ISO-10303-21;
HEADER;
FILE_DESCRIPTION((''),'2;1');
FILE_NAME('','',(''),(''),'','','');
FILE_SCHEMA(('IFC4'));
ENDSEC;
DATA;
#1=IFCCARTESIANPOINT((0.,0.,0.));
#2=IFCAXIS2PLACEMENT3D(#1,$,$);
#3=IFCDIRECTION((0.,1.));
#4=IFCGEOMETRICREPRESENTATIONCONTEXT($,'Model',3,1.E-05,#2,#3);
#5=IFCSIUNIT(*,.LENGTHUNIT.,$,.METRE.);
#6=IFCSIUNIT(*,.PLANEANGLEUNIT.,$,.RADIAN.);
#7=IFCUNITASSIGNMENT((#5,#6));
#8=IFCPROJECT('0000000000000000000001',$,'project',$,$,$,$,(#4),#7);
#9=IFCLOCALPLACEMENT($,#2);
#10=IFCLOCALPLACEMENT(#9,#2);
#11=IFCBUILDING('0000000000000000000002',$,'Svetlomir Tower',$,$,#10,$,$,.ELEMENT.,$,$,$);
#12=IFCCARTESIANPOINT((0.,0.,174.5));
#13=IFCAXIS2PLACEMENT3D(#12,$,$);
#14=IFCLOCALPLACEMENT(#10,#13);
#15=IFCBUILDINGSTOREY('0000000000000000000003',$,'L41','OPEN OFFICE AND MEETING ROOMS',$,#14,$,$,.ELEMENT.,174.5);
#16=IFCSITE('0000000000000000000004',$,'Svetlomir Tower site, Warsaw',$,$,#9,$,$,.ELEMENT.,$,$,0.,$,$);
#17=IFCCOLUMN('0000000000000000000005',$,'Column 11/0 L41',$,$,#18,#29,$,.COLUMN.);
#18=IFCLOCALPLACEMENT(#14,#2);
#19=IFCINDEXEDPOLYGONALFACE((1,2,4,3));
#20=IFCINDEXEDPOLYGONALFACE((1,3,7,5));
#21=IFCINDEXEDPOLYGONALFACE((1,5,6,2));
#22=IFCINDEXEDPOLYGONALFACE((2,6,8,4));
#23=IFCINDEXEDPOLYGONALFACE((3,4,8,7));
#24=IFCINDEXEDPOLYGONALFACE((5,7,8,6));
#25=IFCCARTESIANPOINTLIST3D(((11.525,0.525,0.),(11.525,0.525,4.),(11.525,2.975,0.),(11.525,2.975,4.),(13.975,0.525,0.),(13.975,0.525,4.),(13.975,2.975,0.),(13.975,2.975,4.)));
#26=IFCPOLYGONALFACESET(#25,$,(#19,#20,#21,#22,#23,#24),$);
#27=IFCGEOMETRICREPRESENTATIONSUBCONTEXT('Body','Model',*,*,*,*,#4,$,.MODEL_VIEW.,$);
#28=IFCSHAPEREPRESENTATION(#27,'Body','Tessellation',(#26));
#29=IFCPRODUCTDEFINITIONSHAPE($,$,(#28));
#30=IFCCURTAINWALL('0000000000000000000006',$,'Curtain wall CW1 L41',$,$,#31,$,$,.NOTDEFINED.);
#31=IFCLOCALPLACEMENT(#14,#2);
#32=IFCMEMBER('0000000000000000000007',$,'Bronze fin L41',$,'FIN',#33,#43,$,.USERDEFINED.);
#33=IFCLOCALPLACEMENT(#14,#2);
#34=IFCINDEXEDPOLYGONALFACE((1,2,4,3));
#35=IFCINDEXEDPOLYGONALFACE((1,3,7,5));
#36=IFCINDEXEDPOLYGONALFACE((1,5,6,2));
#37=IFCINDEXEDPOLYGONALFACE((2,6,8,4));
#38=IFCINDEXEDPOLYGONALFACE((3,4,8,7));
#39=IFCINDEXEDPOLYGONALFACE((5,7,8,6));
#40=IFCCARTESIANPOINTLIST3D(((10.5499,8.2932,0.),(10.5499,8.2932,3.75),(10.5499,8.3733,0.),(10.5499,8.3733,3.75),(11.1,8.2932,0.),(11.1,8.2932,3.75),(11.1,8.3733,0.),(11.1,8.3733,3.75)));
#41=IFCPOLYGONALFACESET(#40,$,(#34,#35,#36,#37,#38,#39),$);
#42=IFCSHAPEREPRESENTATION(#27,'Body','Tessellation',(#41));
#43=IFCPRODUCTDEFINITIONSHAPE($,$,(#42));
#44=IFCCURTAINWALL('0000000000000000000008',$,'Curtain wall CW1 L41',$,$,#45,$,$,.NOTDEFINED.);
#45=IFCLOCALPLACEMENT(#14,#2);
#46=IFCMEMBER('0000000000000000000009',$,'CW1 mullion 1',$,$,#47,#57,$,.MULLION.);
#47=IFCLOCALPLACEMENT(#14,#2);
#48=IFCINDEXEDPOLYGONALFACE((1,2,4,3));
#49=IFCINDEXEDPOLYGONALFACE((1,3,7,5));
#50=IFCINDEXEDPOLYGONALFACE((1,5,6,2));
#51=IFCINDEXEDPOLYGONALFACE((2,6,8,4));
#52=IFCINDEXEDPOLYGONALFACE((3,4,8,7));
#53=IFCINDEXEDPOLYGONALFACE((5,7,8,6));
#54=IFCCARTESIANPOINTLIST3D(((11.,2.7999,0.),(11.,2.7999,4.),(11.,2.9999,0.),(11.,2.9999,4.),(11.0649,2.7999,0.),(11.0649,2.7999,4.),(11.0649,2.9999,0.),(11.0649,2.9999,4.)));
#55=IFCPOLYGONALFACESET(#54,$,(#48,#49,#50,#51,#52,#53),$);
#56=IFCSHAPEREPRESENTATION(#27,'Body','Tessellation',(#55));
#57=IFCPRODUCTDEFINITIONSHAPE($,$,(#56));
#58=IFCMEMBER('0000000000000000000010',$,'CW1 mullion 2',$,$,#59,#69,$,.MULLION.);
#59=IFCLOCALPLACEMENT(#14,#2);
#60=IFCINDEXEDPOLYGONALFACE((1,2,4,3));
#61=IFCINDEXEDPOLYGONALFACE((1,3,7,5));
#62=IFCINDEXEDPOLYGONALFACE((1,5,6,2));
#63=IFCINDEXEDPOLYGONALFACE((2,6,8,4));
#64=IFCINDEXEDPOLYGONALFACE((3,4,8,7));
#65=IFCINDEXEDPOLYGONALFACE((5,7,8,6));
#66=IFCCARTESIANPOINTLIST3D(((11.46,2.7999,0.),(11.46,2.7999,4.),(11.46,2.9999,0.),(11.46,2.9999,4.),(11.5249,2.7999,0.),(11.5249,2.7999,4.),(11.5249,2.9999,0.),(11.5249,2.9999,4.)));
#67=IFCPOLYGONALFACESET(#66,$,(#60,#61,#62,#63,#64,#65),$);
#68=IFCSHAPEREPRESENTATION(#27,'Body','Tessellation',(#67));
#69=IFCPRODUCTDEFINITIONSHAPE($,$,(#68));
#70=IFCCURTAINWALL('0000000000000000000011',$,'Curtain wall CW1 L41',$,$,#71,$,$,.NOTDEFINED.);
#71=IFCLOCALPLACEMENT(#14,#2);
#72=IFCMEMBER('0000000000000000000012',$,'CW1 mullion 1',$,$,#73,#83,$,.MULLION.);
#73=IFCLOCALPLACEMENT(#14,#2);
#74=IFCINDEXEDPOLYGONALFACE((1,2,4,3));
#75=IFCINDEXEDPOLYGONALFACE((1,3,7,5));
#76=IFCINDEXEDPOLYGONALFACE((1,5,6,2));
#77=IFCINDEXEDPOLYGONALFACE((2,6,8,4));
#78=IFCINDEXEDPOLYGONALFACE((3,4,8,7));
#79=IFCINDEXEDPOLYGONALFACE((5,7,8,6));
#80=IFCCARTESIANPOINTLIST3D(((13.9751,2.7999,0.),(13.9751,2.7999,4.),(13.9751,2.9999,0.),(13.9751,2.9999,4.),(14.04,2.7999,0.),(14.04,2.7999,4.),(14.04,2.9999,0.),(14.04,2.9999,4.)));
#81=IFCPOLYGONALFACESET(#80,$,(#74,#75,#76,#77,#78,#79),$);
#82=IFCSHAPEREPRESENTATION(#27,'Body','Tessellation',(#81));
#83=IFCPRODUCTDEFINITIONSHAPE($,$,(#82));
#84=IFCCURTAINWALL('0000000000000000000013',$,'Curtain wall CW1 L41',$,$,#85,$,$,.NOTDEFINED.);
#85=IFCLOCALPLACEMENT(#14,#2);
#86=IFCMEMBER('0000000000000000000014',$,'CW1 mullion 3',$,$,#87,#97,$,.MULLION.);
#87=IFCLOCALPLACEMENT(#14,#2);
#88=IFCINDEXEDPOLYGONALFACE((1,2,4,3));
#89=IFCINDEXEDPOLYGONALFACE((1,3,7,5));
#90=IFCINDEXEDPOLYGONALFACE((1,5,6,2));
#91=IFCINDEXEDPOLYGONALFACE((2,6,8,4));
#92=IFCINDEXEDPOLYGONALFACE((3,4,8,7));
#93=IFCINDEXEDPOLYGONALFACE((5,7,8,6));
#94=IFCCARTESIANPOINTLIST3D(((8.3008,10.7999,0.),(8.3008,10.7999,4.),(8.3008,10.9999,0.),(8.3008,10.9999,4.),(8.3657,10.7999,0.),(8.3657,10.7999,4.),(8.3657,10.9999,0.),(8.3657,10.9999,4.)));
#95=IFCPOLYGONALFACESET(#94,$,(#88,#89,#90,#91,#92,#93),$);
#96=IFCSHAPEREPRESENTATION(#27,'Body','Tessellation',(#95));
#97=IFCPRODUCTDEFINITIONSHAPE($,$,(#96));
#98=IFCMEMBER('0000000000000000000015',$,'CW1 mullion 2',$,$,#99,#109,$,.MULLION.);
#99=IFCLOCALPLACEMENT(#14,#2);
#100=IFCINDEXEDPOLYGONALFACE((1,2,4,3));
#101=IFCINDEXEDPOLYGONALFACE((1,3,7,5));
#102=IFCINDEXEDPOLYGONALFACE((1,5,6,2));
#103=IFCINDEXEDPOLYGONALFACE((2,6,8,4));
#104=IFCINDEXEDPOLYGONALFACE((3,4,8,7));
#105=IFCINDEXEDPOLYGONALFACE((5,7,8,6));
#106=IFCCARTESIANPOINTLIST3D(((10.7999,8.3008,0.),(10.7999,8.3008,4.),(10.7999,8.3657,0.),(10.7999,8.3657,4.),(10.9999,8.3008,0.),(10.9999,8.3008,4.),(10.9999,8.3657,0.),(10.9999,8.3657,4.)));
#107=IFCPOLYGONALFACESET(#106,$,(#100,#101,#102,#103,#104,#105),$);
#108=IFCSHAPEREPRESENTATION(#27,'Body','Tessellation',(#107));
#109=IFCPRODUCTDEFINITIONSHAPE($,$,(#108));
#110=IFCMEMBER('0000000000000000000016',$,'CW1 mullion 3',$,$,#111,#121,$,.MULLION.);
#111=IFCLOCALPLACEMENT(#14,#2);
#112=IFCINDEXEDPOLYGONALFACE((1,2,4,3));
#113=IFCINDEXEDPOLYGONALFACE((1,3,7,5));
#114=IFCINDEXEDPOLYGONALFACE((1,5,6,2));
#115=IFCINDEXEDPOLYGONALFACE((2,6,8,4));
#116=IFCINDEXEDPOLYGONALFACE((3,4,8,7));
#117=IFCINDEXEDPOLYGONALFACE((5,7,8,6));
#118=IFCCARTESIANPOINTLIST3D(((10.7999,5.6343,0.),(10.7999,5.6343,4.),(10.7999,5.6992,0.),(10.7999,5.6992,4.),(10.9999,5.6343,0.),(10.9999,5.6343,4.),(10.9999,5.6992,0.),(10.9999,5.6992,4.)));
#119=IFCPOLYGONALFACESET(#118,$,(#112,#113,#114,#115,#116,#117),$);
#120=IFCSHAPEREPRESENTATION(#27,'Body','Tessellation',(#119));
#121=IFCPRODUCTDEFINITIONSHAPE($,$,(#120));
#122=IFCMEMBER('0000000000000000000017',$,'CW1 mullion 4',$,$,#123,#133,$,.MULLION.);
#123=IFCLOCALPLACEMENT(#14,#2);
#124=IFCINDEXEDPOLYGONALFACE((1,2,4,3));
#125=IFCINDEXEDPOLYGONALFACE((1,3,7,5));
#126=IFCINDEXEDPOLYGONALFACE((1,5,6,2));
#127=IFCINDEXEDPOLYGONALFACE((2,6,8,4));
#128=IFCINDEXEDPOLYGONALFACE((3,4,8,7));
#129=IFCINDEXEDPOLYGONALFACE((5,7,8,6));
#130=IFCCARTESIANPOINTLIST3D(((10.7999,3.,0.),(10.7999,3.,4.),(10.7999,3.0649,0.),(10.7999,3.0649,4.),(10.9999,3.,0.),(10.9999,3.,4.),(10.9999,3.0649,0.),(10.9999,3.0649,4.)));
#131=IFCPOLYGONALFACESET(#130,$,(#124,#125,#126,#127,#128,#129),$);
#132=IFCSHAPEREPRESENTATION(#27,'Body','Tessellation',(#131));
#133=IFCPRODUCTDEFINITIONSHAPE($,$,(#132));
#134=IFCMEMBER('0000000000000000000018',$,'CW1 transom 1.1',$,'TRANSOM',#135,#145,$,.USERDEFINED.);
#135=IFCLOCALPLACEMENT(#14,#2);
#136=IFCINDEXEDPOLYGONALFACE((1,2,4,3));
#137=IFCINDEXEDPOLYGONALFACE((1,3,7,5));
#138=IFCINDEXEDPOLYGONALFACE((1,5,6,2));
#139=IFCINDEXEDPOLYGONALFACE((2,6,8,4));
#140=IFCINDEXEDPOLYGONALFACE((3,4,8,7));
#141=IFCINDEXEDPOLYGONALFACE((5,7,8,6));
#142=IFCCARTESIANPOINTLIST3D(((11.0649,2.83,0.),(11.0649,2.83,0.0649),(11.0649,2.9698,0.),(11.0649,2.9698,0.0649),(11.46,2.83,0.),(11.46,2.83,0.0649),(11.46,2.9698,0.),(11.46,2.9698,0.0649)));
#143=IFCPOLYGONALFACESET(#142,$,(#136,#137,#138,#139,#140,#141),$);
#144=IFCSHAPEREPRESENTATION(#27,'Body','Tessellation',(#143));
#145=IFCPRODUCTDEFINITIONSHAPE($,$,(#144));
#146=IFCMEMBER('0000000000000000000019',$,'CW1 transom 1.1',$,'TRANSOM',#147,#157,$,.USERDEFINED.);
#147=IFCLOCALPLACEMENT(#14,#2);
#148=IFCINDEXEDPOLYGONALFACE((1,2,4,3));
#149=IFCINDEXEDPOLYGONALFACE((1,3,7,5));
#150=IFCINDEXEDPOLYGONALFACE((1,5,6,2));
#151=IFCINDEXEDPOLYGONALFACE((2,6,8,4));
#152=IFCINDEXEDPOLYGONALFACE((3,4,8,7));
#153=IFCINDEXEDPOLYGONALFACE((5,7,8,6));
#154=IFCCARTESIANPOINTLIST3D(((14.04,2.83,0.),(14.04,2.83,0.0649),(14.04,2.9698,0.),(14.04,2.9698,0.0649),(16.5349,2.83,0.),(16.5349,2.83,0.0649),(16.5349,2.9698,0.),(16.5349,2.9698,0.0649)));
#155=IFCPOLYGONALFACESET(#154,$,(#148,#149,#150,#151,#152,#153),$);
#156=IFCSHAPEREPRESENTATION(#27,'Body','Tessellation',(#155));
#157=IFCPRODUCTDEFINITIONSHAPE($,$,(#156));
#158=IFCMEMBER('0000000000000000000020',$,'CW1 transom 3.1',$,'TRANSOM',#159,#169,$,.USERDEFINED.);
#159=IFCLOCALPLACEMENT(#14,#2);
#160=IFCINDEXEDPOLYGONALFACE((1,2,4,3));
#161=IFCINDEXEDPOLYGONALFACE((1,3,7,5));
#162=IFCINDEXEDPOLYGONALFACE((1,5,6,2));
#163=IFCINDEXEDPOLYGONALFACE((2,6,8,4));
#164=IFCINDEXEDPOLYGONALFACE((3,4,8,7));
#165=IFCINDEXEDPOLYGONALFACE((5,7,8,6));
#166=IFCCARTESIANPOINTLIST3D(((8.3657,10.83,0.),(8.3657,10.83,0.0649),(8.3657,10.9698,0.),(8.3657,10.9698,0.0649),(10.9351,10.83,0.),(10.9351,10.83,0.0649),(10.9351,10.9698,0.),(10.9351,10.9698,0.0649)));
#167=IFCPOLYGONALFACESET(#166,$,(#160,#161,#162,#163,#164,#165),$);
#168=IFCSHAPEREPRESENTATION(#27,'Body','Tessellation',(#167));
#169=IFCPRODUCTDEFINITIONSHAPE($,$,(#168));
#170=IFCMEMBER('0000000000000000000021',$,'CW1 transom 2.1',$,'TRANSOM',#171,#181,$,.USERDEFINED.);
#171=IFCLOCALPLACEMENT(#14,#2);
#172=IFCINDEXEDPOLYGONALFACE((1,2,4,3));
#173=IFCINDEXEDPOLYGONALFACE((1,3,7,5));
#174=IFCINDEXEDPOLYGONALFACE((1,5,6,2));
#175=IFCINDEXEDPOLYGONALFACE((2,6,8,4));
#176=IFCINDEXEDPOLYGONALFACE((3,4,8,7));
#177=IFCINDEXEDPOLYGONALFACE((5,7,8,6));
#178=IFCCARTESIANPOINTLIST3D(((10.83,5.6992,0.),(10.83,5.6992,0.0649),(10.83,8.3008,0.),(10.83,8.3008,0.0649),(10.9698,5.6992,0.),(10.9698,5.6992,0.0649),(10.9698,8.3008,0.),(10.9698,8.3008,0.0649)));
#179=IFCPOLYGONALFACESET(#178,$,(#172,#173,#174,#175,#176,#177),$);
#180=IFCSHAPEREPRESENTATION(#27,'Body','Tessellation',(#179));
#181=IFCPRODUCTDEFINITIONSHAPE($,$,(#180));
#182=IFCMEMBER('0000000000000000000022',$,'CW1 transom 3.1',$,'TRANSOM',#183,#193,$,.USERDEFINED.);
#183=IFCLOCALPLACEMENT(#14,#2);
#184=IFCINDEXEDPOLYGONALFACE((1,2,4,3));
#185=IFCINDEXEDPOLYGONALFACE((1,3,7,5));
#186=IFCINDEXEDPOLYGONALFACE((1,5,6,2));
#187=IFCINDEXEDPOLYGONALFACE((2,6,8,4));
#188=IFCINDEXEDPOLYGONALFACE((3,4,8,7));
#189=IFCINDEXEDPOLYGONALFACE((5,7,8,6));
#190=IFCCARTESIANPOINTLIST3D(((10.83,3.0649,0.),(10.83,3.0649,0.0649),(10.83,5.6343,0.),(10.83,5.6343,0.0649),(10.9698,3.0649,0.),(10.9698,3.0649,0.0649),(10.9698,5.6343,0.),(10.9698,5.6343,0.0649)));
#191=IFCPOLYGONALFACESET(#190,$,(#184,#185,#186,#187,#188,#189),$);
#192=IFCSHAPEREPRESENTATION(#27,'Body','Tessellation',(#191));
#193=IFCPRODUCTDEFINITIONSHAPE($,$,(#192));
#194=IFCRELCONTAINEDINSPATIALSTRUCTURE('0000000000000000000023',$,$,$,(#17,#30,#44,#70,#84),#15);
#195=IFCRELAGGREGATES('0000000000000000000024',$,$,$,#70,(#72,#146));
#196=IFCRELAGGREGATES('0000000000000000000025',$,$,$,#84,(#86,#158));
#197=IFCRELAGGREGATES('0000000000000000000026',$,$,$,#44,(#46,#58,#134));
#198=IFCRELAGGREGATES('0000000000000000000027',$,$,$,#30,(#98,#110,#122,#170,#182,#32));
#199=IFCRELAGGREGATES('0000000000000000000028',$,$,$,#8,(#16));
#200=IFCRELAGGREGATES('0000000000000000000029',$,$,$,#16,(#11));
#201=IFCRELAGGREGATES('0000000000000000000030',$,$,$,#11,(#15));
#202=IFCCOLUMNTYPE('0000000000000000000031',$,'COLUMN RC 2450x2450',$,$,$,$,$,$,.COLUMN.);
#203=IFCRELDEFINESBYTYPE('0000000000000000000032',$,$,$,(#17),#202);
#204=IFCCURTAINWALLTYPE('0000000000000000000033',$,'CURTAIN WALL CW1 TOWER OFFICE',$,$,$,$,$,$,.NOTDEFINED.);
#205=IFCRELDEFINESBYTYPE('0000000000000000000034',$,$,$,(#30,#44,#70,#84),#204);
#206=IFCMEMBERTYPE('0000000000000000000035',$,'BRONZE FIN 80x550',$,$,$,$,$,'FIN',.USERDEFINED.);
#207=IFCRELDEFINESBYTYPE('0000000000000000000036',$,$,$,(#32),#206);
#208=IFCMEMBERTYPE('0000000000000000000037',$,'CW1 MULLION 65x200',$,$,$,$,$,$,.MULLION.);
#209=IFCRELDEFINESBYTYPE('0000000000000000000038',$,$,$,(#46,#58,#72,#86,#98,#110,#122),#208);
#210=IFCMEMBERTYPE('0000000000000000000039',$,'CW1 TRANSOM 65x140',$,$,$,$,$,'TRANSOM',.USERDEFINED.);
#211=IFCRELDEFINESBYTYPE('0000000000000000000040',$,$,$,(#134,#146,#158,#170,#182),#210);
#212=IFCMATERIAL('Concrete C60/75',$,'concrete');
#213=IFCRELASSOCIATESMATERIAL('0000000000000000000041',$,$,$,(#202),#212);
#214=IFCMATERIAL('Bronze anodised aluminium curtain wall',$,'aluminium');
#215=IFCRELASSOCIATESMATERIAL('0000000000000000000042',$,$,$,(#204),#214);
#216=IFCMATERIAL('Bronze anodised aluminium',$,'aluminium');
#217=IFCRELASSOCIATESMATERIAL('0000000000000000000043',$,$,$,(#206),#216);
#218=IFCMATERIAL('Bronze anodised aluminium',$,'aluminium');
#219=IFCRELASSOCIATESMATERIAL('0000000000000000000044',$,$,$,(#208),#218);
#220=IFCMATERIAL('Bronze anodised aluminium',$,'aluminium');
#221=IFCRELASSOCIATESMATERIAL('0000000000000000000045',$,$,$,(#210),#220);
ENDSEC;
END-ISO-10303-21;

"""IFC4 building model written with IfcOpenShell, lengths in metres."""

from ifc_helpers import new_model, si_unit, direction, frame, origin, origin_2d, place, context, subcontext, project, spatial, rectangle, extrude, material, material_profile, profile_set, type_object, element, aggregate, save


model = new_model("IFC4")

# Units and contexts
model_context = context("Model", 3, precision=1e-05, world=origin(), true_north=direction((0.0, 1.0)))
body_context = subcontext(model_context, "Body", "Model", "MODEL_VIEW")
ifc_project = project(units=[si_unit("LENGTHUNIT", "METRE"), si_unit("PLANEANGLEUNIT", "RADIAN")], contexts=[model_context])

# Site, building, storey
site_placement = place(None, origin())
site = spatial("IfcSite", under=ifc_project, at=site_placement, Name="Svetlomir Tower site, Warsaw", CompositionType="ELEMENT", RefElevation=0.0)
building_placement = place(site_placement, origin())
building = spatial("IfcBuilding", under=site, at=building_placement, Name="Svetlomir Tower", CompositionType="ELEMENT")
storey_placement = place(building_placement, frame((0.0, 0.0, 174.5)))
storey = spatial("IfcBuildingStorey", under=building, at=storey_placement, Name="L41", Description="OPEN OFFICE AND MEETING ROOMS", CompositionType="ELEMENT", Elevation=174.5)

# Column
ifc_material_1 = material(Name="Concrete C60/75", Category="concrete")
ifc_material_profile_1 = material_profile(ifc_material_1, rectangle(XDim=2.45, YDim=2.45, at=origin_2d()), Name="RC 2450x2450")
ifc_profile_set_1 = profile_set([ifc_material_profile_1], Name="Concrete C60/75")
column_type = type_object("IfcColumnType", Name="COLUMN RC 2450x2450", PredefinedType="COLUMN", material=ifc_profile_set_1)
column_placement = place(storey_placement, frame((12.75, 1.75, 0.0), z_axis=(0.0, 0.0, 1.0), x_axis=(1.0, 0.0, 0.0)))
element("IfcColumn", 1, at=column_placement, inside=storey, type_object=column_type, Name="Column 11/0 L41", PredefinedType="COLUMN", context=body_context, shape_type="SweptSolid", body=[
    extrude(rectangle(XDim=2.45, YDim=2.45, at=origin_2d()), origin(), (0.0, 0.0, 1.0), 4.0),
])

# Curtain wall, member
ifc_material_2 = material(Name="Bronze anodised aluminium curtain wall", Category="aluminium")
curtain_wall_type = type_object("IfcCurtainWallType", Name="CURTAIN WALL CW1 TOWER OFFICE", PredefinedType="NOTDEFINED", material=ifc_material_2)
curtain_wall_1_placement = place(storey_placement, origin())
curtain_wall_1 = element("IfcCurtainWall", 2, at=curtain_wall_1_placement, inside=storey, type_object=curtain_wall_type, Name="Curtain wall CW1 L41", PredefinedType="NOTDEFINED")
ifc_material_3 = material(Name="Bronze anodised aluminium", Category="aluminium")
ifc_material_profile_2 = material_profile(ifc_material_3, rectangle(XDim=0.0801, YDim=0.55, at=origin_2d()), Name="FIN 80x550")
ifc_profile_set_2 = profile_set([ifc_material_profile_2], Name="Bronze anodised aluminium 6063-T6")
member_type_1 = type_object("IfcMemberType", Name="BRONZE FIN 80x550", ElementType="FIN", PredefinedType="USERDEFINED", material=ifc_profile_set_2)
member_1_placement = place(storey_placement, frame((10.825, 8.3333, 0.0), z_axis=(0.0, 0.0, 1.0), x_axis=(0.0, 1.0, 0.0)))
member_1 = element("IfcMember", 3, at=member_1_placement, type_object=member_type_1, Name="Bronze fin L41", ObjectType="FIN", PredefinedType="USERDEFINED", context=body_context, shape_type="SweptSolid", body=[
    extrude(rectangle(XDim=0.0801, YDim=0.55, at=origin_2d()), origin(), (0.0, 0.0, 1.0), 3.75),
])

# Curtain wall, members
curtain_wall_2_placement = place(storey_placement, origin())
curtain_wall_2 = element("IfcCurtainWall", 4, at=curtain_wall_2_placement, inside=storey, type_object=curtain_wall_type, Name="Curtain wall CW1 L41", PredefinedType="NOTDEFINED")
ifc_material_4 = material(Name="Bronze anodised aluminium", Category="aluminium")
ifc_material_profile_3 = material_profile(ifc_material_4, rectangle(XDim=0.0649, YDim=0.2, at=origin_2d()), Name="AL 65x200")
ifc_profile_set_3 = profile_set([ifc_material_profile_3], Name="Bronze anodised aluminium 6063-T6")
member_type_2 = type_object("IfcMemberType", Name="CW1 MULLION 65x200", PredefinedType="MULLION", material=ifc_profile_set_3)
member_2_placement = place(storey_placement, frame((11.0325, 2.8999, 0.0), z_axis=(0.0, 0.0, 1.0), x_axis=(1.0, 0.0, 0.0)))
member_2 = element("IfcMember", 5, at=member_2_placement, type_object=member_type_2, Name="CW1 mullion 1", PredefinedType="MULLION", context=body_context, shape_type="SweptSolid", body=[
    extrude(rectangle(XDim=0.0649, YDim=0.2, at=origin_2d()), origin(), (0.0, 0.0, 1.0), 4.0),
])
member_3_placement = place(storey_placement, frame((11.4924, 2.8999, 0.0), z_axis=(0.0, 0.0, 1.0), x_axis=(1.0, 0.0, 0.0)))
member_3 = element("IfcMember", 6, at=member_3_placement, type_object=member_type_2, Name="CW1 mullion 2", PredefinedType="MULLION", context=body_context, shape_type="SweptSolid", body=[
    extrude(rectangle(XDim=0.0649, YDim=0.2, at=origin_2d()), origin(), (0.0, 0.0, 1.0), 4.0),
])

# Curtain walls, members
curtain_wall_3_placement = place(storey_placement, origin())
curtain_wall_3 = element("IfcCurtainWall", 7, at=curtain_wall_3_placement, inside=storey, type_object=curtain_wall_type, Name="Curtain wall CW1 L41", PredefinedType="NOTDEFINED")
member_4_placement = place(storey_placement, frame((14.0076, 2.8999, 0.0), z_axis=(0.0, 0.0, 1.0), x_axis=(1.0, 0.0, 0.0)))
member_4 = element("IfcMember", 8, at=member_4_placement, type_object=member_type_2, Name="CW1 mullion 1", PredefinedType="MULLION", context=body_context, shape_type="SweptSolid", body=[
    extrude(rectangle(XDim=0.0649, YDim=0.2, at=origin_2d()), origin(), (0.0, 0.0, 1.0), 4.0),
])
curtain_wall_4_placement = place(storey_placement, origin())
curtain_wall_4 = element("IfcCurtainWall", 9, at=curtain_wall_4_placement, inside=storey, type_object=curtain_wall_type, Name="Curtain wall CW1 L41", PredefinedType="NOTDEFINED")
member_5_placement = place(storey_placement, frame((8.3333, 10.8999, 0.0), z_axis=(0.0, 0.0, 1.0), x_axis=(1.0, 0.0, 0.0)))
member_5 = element("IfcMember", 10, at=member_5_placement, type_object=member_type_2, Name="CW1 mullion 3", PredefinedType="MULLION", context=body_context, shape_type="SweptSolid", body=[
    extrude(rectangle(XDim=0.0649, YDim=0.2, at=origin_2d()), origin(), (0.0, 0.0, 1.0), 4.0),
])

# Members
member_6_placement = place(storey_placement, frame((10.8999, 8.3333, 0.0), z_axis=(0.0, 0.0, 1.0), x_axis=(0.0, -1.0, 0.0)))
member_6 = element("IfcMember", 11, at=member_6_placement, type_object=member_type_2, Name="CW1 mullion 2", PredefinedType="MULLION", context=body_context, shape_type="SweptSolid", body=[
    extrude(rectangle(XDim=0.0649, YDim=0.2, at=origin_2d()), origin(), (0.0, 0.0, 1.0), 4.0),
])
member_7_placement = place(storey_placement, frame((10.8999, 5.6667, 0.0), z_axis=(0.0, 0.0, 1.0), x_axis=(0.0, -1.0, 0.0)))
member_7 = element("IfcMember", 12, at=member_7_placement, type_object=member_type_2, Name="CW1 mullion 3", PredefinedType="MULLION", context=body_context, shape_type="SweptSolid", body=[
    extrude(rectangle(XDim=0.0649, YDim=0.2, at=origin_2d()), origin(), (0.0, 0.0, 1.0), 4.0),
])
member_8_placement = place(storey_placement, frame((10.8999, 3.0325, 0.0), z_axis=(0.0, 0.0, 1.0), x_axis=(0.0, -1.0, 0.0)))
member_8 = element("IfcMember", 13, at=member_8_placement, type_object=member_type_2, Name="CW1 mullion 4", PredefinedType="MULLION", context=body_context, shape_type="SweptSolid", body=[
    extrude(rectangle(XDim=0.0649, YDim=0.2, at=origin_2d()), origin(), (0.0, 0.0, 1.0), 4.0),
])
ifc_material_5 = material(Name="Bronze anodised aluminium", Category="aluminium")
ifc_material_profile_4 = material_profile(ifc_material_5, rectangle(XDim=0.1399, YDim=0.0649, at=origin_2d()), Name="AL 140x65")
ifc_profile_set_4 = profile_set([ifc_material_profile_4], Name="Bronze anodised aluminium 6063-T6")
member_type_3 = type_object("IfcMemberType", Name="CW1 TRANSOM 65x140", ElementType="TRANSOM", PredefinedType="USERDEFINED", material=ifc_profile_set_4)
member_9_placement = place(storey_placement, frame((11.0649, 2.8999, 0.0325), z_axis=(1.0, 0.0, 0.0), x_axis=(0.0, 1.0, 0.0)))
member_9 = element("IfcMember", 14, at=member_9_placement, type_object=member_type_3, Name="CW1 transom 1.1", ObjectType="TRANSOM", PredefinedType="USERDEFINED", context=body_context, shape_type="SweptSolid", body=[
    extrude(rectangle(XDim=0.1399, YDim=0.0649, at=origin_2d()), origin(), (0.0, 0.0, 1.0), 0.395),
])
member_10_placement = place(storey_placement, frame((14.04, 2.8999, 0.0325), z_axis=(1.0, 0.0, 0.0), x_axis=(0.0, 1.0, 0.0)))
member_10 = element("IfcMember", 15, at=member_10_placement, type_object=member_type_3, Name="CW1 transom 1.1", ObjectType="TRANSOM", PredefinedType="USERDEFINED", context=body_context, shape_type="SweptSolid", body=[
    extrude(rectangle(XDim=0.1399, YDim=0.0649, at=origin_2d()), origin(), (0.0, 0.0, 1.0), 2.4949),
])
aggregate(curtain_wall_3, [member_4, member_10])
member_11_placement = place(storey_placement, frame((8.3657, 10.8999, 0.0325), z_axis=(1.0, 0.0, 0.0), x_axis=(0.0, 1.0, 0.0)))
member_11 = element("IfcMember", 16, at=member_11_placement, type_object=member_type_3, Name="CW1 transom 3.1", ObjectType="TRANSOM", PredefinedType="USERDEFINED", context=body_context, shape_type="SweptSolid", body=[
    extrude(rectangle(XDim=0.1399, YDim=0.0649, at=origin_2d()), origin(), (0.0, 0.0, 1.0), 2.5693),
])
aggregate(curtain_wall_4, [member_5, member_11])
member_12_placement = place(storey_placement, frame((10.8999, 8.3008, 0.0325), z_axis=(0.0, -1.0, 0.0), x_axis=(1.0, 0.0, 0.0)))
member_12 = element("IfcMember", 17, at=member_12_placement, type_object=member_type_3, Name="CW1 transom 2.1", ObjectType="TRANSOM", PredefinedType="USERDEFINED", context=body_context, shape_type="SweptSolid", body=[
    extrude(rectangle(XDim=0.1399, YDim=0.0649, at=origin_2d()), origin(), (0.0, 0.0, 1.0), 2.6016),
])
member_13_placement = place(storey_placement, frame((10.8999, 5.6343, 0.0325), z_axis=(0.0, -1.0, 0.0), x_axis=(1.0, 0.0, 0.0)))
member_13 = element("IfcMember", 18, at=member_13_placement, type_object=member_type_3, Name="CW1 transom 3.1", ObjectType="TRANSOM", PredefinedType="USERDEFINED", context=body_context, shape_type="SweptSolid", body=[
    extrude(rectangle(XDim=0.1399, YDim=0.0649, at=origin_2d()), origin(), (0.0, 0.0, 1.0), 2.5693),
])

aggregate(curtain_wall_2, [member_2, member_3, member_9])
aggregate(curtain_wall_1, [member_6, member_7, member_8, member_12, member_13, member_1])

save(model, "model.ifc")
